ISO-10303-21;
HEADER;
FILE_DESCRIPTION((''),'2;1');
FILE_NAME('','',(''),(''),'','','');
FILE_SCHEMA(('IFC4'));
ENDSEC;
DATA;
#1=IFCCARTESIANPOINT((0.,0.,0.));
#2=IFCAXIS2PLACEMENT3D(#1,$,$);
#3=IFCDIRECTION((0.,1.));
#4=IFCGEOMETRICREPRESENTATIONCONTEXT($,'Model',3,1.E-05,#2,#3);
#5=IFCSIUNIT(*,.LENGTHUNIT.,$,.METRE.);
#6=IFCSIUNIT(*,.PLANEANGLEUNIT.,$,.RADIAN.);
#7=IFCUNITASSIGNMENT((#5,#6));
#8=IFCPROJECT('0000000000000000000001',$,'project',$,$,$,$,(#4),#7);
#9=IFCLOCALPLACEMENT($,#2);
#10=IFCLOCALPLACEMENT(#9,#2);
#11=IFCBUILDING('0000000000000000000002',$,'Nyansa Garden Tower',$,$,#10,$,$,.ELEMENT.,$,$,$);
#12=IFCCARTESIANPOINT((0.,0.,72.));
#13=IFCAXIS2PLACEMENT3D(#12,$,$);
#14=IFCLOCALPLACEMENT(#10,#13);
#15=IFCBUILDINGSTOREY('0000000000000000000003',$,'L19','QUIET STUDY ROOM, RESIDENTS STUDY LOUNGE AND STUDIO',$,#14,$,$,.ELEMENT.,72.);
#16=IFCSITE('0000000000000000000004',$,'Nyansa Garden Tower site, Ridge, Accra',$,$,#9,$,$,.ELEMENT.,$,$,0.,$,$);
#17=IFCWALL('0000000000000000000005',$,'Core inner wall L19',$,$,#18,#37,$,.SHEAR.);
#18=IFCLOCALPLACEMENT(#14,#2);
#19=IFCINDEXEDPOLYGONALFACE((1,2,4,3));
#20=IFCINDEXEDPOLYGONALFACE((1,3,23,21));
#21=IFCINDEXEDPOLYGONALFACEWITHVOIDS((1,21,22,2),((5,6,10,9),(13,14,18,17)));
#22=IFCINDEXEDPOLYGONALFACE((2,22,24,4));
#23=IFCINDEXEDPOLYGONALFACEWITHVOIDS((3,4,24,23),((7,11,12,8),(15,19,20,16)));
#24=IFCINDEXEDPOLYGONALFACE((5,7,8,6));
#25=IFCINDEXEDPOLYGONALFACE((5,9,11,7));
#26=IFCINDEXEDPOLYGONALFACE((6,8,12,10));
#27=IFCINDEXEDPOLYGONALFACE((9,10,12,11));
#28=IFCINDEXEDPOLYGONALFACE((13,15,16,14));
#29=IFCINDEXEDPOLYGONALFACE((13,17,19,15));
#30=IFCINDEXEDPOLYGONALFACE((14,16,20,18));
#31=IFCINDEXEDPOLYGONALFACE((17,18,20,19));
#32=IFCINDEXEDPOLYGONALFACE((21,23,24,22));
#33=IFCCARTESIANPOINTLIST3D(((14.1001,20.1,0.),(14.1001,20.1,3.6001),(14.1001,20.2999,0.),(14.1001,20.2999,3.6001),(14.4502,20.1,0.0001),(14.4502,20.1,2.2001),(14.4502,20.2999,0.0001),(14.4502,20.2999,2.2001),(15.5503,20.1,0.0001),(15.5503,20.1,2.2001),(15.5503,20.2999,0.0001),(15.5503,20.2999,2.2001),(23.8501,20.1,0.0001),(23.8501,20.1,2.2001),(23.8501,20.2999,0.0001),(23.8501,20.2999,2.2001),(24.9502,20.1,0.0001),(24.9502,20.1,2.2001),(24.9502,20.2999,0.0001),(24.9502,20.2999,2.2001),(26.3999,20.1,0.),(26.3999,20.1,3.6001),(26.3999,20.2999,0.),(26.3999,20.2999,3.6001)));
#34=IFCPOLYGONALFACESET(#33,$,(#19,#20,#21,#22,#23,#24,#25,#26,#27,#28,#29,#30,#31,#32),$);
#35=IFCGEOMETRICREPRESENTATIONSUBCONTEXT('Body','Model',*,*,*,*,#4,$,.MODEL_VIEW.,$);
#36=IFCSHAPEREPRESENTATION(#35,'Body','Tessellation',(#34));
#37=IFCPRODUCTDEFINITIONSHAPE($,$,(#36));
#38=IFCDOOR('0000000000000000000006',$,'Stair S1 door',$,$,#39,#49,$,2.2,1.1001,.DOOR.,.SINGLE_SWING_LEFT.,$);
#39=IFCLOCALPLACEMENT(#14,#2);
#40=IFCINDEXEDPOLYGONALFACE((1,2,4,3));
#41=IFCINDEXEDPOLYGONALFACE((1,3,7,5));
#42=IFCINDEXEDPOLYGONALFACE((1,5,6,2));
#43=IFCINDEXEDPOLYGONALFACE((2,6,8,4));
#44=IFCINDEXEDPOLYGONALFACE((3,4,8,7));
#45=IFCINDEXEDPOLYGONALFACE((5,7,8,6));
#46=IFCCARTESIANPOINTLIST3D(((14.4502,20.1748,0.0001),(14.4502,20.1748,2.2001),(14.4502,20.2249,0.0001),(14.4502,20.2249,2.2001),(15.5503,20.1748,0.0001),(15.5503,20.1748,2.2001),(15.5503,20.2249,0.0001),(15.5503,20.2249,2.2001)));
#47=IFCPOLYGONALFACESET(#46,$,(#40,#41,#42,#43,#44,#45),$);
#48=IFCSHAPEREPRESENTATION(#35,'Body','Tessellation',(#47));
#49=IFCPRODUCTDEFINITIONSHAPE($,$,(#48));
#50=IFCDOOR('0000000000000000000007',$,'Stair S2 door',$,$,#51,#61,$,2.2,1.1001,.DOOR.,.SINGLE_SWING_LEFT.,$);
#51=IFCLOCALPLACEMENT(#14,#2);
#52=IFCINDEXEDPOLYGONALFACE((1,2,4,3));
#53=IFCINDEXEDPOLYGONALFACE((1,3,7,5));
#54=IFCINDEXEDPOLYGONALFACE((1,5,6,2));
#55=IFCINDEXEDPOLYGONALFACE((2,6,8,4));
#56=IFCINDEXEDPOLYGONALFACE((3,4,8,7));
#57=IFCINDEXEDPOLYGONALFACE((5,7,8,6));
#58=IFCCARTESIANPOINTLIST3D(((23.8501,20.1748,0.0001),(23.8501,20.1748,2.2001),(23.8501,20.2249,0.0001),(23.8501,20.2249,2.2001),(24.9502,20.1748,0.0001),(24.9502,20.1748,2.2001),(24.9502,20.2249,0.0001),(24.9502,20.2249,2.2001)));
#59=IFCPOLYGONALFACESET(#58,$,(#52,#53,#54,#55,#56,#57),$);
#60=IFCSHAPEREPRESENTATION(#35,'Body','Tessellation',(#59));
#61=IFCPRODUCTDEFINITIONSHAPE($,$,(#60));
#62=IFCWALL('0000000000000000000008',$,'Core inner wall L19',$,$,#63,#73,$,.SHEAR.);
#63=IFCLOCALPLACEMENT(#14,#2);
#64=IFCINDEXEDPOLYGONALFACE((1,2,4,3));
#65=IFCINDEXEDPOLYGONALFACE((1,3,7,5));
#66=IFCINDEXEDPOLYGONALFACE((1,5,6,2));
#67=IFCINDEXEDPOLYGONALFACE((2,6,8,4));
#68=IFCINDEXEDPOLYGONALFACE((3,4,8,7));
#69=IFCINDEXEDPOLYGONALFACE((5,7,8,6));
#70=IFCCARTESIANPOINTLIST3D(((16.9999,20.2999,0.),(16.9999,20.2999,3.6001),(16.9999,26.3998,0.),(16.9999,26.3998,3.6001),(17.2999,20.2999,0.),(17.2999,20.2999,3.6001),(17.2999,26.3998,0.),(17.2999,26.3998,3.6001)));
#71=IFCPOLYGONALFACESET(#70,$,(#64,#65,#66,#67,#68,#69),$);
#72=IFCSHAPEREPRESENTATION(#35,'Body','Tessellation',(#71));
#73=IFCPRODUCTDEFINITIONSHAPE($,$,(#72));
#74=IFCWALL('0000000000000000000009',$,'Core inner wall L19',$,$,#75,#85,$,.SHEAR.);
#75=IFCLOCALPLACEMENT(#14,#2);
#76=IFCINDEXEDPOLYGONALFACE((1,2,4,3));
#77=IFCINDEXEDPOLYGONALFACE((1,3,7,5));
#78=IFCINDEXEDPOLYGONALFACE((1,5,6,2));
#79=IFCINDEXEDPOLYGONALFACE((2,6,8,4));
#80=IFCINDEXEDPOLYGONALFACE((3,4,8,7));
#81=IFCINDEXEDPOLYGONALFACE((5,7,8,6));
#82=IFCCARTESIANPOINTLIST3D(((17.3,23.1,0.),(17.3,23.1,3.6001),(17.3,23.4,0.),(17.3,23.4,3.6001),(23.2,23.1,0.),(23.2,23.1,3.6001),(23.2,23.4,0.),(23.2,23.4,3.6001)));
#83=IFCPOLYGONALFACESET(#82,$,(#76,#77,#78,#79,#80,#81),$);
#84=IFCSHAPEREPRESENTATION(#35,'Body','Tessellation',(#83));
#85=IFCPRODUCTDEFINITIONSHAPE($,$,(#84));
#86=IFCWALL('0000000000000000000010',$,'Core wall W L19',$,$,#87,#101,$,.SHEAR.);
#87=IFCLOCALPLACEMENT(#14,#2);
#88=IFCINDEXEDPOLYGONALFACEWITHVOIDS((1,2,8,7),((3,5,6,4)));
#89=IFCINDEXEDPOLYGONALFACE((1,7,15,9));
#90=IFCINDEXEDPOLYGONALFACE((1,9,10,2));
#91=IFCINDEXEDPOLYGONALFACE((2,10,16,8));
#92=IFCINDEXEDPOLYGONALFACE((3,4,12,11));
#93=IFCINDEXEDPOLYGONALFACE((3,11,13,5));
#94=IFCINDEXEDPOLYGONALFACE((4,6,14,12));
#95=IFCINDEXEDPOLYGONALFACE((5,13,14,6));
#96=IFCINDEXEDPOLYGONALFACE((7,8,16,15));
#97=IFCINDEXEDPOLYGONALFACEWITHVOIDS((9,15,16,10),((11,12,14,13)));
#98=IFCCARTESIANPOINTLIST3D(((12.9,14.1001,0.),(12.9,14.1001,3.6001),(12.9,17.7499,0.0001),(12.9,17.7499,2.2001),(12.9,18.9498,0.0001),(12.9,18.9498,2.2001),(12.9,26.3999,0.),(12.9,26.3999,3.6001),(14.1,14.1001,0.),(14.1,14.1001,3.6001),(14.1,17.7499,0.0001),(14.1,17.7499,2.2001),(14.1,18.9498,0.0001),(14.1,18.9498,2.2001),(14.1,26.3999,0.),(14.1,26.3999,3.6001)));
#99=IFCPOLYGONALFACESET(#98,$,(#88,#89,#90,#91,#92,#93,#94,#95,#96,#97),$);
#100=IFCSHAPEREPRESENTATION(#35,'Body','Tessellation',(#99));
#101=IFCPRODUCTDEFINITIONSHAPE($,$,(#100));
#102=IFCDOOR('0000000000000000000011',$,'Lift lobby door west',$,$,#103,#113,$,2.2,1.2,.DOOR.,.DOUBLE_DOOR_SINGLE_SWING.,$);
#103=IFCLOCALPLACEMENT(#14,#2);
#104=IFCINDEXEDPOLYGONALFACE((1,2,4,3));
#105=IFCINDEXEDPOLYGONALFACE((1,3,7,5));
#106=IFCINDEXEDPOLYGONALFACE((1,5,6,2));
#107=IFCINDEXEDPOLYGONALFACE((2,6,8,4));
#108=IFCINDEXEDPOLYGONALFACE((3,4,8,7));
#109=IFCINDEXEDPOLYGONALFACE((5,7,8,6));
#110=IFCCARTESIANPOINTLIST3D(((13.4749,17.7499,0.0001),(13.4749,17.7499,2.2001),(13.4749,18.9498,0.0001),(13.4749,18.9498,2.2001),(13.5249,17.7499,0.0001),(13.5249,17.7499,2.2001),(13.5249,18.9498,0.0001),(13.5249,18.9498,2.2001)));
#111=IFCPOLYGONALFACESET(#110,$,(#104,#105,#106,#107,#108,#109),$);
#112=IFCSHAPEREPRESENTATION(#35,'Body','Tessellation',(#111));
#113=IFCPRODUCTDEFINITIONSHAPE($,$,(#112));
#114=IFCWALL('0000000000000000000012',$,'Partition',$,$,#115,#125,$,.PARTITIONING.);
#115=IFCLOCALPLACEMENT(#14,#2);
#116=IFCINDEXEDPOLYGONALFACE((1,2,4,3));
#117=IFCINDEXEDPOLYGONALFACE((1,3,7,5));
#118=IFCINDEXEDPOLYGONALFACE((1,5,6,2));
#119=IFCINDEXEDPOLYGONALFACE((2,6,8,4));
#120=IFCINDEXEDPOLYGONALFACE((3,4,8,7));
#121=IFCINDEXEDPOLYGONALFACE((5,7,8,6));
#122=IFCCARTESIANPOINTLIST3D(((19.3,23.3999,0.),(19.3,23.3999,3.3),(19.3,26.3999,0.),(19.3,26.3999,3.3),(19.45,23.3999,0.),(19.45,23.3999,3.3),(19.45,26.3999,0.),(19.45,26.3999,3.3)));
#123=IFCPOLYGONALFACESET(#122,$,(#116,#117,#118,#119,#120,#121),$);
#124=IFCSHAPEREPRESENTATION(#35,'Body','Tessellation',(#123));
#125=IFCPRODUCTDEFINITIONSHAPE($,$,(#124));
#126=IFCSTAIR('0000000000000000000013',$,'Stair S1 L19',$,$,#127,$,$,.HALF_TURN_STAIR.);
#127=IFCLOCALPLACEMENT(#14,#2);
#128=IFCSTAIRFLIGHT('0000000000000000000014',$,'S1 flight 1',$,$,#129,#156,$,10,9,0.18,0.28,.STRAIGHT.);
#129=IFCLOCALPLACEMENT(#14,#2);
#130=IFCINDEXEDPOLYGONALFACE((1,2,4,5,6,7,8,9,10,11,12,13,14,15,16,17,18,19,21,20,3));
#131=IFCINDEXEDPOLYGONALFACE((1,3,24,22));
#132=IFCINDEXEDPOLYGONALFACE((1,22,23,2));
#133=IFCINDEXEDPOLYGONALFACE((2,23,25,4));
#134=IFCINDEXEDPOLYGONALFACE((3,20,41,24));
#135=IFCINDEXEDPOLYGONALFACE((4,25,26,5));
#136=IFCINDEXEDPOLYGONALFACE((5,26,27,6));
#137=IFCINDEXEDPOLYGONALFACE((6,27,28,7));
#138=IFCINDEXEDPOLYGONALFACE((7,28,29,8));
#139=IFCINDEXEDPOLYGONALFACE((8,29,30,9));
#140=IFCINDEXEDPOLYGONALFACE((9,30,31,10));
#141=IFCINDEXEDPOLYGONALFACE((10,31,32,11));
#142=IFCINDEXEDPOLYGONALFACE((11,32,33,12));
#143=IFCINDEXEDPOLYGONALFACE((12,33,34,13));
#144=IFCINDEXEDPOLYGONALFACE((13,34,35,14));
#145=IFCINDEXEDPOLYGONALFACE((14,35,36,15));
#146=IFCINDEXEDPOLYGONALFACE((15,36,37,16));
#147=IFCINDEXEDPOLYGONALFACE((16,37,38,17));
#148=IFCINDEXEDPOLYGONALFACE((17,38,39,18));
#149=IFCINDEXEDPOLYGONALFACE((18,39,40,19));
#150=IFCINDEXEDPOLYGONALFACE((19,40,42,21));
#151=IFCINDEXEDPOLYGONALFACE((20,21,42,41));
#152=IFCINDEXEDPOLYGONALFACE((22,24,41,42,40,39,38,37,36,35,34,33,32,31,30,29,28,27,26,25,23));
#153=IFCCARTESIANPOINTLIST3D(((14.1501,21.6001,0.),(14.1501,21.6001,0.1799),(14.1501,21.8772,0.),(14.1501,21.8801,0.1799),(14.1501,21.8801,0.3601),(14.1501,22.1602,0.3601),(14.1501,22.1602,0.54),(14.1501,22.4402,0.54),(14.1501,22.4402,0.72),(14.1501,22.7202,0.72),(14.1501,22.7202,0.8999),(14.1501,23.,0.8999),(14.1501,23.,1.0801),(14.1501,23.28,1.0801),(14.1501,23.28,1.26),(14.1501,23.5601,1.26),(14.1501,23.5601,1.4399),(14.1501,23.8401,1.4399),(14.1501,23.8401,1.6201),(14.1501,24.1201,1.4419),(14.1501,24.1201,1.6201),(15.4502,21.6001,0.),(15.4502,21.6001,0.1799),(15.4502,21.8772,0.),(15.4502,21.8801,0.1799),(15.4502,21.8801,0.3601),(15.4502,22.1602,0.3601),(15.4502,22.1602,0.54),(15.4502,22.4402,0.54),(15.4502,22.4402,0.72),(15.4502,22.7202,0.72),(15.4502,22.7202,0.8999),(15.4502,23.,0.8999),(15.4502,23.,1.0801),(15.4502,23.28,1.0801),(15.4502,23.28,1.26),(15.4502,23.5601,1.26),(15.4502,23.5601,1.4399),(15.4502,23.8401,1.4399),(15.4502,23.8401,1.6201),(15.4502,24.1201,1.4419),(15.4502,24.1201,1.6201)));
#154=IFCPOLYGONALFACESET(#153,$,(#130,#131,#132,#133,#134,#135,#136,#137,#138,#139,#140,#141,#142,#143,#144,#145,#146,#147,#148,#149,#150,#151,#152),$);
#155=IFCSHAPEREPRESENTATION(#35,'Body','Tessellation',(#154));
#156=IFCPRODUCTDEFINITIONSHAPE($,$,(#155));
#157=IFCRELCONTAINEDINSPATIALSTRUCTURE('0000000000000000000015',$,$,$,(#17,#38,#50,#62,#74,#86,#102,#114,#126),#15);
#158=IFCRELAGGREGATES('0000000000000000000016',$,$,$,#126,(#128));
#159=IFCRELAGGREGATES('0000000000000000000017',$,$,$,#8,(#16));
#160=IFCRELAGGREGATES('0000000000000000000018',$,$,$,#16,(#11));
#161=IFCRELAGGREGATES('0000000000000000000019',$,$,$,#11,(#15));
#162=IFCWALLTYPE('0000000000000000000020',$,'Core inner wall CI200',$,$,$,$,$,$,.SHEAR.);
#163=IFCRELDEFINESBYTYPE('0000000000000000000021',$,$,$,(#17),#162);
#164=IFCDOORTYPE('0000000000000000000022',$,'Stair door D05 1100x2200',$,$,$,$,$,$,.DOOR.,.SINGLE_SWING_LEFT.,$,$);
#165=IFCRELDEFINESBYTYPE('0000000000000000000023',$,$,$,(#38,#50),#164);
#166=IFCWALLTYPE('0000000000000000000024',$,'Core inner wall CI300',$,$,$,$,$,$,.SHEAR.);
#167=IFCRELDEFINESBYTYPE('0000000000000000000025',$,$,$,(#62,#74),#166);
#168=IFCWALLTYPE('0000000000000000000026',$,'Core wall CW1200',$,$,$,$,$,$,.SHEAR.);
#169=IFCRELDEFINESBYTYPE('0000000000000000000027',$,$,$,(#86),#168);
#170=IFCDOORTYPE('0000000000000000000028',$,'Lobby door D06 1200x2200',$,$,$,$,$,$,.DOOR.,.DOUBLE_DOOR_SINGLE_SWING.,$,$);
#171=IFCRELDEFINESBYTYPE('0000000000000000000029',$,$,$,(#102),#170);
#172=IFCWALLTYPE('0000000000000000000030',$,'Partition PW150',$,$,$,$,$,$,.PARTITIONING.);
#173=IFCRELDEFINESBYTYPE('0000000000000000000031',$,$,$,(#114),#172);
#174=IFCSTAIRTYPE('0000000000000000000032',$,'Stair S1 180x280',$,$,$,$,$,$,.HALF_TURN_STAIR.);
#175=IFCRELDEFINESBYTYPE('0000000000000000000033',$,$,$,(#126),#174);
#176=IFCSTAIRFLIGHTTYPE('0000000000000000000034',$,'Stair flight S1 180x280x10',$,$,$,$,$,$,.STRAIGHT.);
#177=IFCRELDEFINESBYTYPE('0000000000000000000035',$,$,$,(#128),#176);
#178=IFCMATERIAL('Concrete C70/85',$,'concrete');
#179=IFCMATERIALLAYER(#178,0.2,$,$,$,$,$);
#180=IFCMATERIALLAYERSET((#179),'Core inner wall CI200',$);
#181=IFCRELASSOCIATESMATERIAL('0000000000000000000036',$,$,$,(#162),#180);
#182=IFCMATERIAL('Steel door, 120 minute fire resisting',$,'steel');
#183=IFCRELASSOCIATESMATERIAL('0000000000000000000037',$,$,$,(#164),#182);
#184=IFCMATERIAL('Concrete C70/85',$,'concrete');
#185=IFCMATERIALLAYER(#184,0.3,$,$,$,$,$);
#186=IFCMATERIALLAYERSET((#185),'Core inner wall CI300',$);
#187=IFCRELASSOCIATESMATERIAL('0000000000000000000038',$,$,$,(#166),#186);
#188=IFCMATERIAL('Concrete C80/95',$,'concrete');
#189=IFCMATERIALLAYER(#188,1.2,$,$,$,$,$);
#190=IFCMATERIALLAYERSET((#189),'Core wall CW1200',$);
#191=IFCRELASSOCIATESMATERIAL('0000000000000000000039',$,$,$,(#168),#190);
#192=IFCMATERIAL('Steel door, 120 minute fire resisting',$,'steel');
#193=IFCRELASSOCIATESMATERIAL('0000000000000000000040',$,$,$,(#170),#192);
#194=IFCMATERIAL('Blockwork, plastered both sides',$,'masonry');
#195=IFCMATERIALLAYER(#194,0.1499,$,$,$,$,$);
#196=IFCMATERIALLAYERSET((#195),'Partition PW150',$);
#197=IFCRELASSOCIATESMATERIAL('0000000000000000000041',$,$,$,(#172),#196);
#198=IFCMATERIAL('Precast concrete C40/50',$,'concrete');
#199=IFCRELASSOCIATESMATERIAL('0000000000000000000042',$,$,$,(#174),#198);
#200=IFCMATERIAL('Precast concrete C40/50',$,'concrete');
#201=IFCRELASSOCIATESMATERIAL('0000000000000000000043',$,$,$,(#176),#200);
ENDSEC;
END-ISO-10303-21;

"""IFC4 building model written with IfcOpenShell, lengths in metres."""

from ifc_helpers import new_model, si_unit, direction, frame, frame_2d, origin, place, context, subcontext, project, spatial, polyline, rectangle, outline, extrude, material, layer, layer_set, type_object, element, fill, aggregate, save


model = new_model("IFC4")

# Units and contexts
model_context = context("Model", 3, precision=1e-05, world=origin(), true_north=direction((0.0, 1.0)))
body_context = subcontext(model_context, "Body", "Model", "MODEL_VIEW")
ifc_project = project(units=[si_unit("LENGTHUNIT", "METRE"), si_unit("PLANEANGLEUNIT", "RADIAN")], contexts=[model_context])

# Site, building, storey
site_placement = place(None, origin())
site = spatial("IfcSite", under=ifc_project, at=site_placement, Name="Nyansa Garden Tower site, Ridge, Accra", CompositionType="ELEMENT", RefElevation=0.0)
building_placement = place(site_placement, origin())
building = spatial("IfcBuilding", under=site, at=building_placement, Name="Nyansa Garden Tower", CompositionType="ELEMENT")
storey_placement = place(building_placement, frame((0.0, 0.0, 72.0)))
storey = spatial("IfcBuildingStorey", under=building, at=storey_placement, Name="L19", Description="QUIET STUDY ROOM, RESIDENTS STUDY LOUNGE AND STUDIO", CompositionType="ELEMENT", Elevation=72.0)

# Wall, openings, doors
ifc_material_1 = material(Name="Concrete C70/85", Category="concrete")
ifc_layer_1 = layer(ifc_material_1, 0.2)
ifc_layer_set_1 = layer_set([ifc_layer_1], Name="Core inner wall CI200")
wall_type_1 = type_object("IfcWallType", Name="Core inner wall CI200", PredefinedType="SHEAR", material=ifc_layer_set_1)
wall_1_placement = place(storey_placement, frame((14.1001, 20.2, 0.0), z_axis=(0.0, 0.0, 1.0), x_axis=(1.0, 0.0, 0.0)))
wall_1 = element("IfcWall", 1, at=wall_1_placement, inside=storey, type_object=wall_type_1, Name="Core inner wall L19", PredefinedType="SHEAR", context=body_context, shape_type="SweptSolid", body=[
    extrude(rectangle(XDim=12.2998, YDim=0.2, at=frame_2d((6.1499, 0.0))), origin(), (0.0, 0.0, 1.0), 3.6001),
])
opening_1_placement = place(wall_1_placement, frame((0.3501, 0.0, 0.0)))
opening_1 = element("IfcOpeningElement", 2, at=opening_1_placement, cuts=wall_1, PredefinedType="OPENING", context=body_context, shape_type="SweptSolid", body=[
    extrude(rectangle(XDim=1.1001, YDim=2.2, at=frame_2d((0.55, 1.1001))), frame((0.0, 0.1099, 0.0), z_axis=(0.0, -1.0, 0.0), x_axis=(1.0, 0.0, 0.0)), (0.0, 0.0, 1.0), 0.22),
])
opening_2_placement = place(wall_1_placement, frame((9.75, 0.0, 0.0)))
opening_2 = element("IfcOpeningElement", 3, at=opening_2_placement, cuts=wall_1, PredefinedType="OPENING", context=body_context, shape_type="SweptSolid", body=[
    extrude(rectangle(XDim=1.1001, YDim=2.2, at=frame_2d((0.55, 1.1001))), frame((0.0, 0.1099, 0.0), z_axis=(0.0, -1.0, 0.0), x_axis=(1.0, 0.0, 0.0)), (0.0, 0.0, 1.0), 0.22),
])
ifc_material_2 = material(Name="Steel door, 120 minute fire resisting", Category="steel")
door_type_1 = type_object("IfcDoorType", Name="Stair door D05 1100x2200", OperationType="SINGLE_SWING_LEFT", PredefinedType="DOOR", material=ifc_material_2)
door_1_placement = place(opening_1_placement, origin())
door_1 = element("IfcDoor", 4, at=door_1_placement, inside=storey, type_object=door_type_1, Name="Stair S1 door", OperationType="SINGLE_SWING_LEFT", OverallHeight=2.2, OverallWidth=1.1001, PredefinedType="DOOR", context=body_context, shape_type="SweptSolid", body=[
    extrude(rectangle(XDim=1.1001, YDim=2.2, at=frame_2d((0.55, 1.1001))), frame((0.0, 0.0249, 0.0), z_axis=(0.0, -1.0, 0.0), x_axis=(1.0, 0.0, 0.0)), (0.0, 0.0, 1.0), 0.05),
])
fill(opening_1, door_1)
door_2_placement = place(opening_2_placement, origin())
door_2 = element("IfcDoor", 5, at=door_2_placement, inside=storey, type_object=door_type_1, Name="Stair S2 door", OperationType="SINGLE_SWING_LEFT", OverallHeight=2.2, OverallWidth=1.1001, PredefinedType="DOOR", context=body_context, shape_type="SweptSolid", body=[
    extrude(rectangle(XDim=1.1001, YDim=2.2, at=frame_2d((0.55, 1.1001))), frame((0.0, 0.0249, 0.0), z_axis=(0.0, -1.0, 0.0), x_axis=(1.0, 0.0, 0.0)), (0.0, 0.0, 1.0), 0.05),
])
fill(opening_2, door_2)

# Walls
ifc_material_3 = material(Name="Concrete C70/85", Category="concrete")
ifc_layer_2 = layer(ifc_material_3, 0.3)
ifc_layer_set_2 = layer_set([ifc_layer_2], Name="Core inner wall CI300")
wall_type_2 = type_object("IfcWallType", Name="Core inner wall CI300", PredefinedType="SHEAR", material=ifc_layer_set_2)
wall_2_placement = place(storey_placement, frame((17.1499, 20.3, 0.0), z_axis=(0.0, 0.0, 1.0), x_axis=(0.0, 1.0, 0.0)))
element("IfcWall", 6, at=wall_2_placement, inside=storey, type_object=wall_type_2, Name="Core inner wall L19", PredefinedType="SHEAR", context=body_context, shape_type="SweptSolid", body=[
    extrude(rectangle(XDim=6.0999, YDim=0.3, at=frame_2d((3.0498, 0.0))), origin(), (0.0, 0.0, 1.0), 3.6001),
])
wall_3_placement = place(storey_placement, frame((17.3, 23.25, 0.0), z_axis=(0.0, 0.0, 1.0), x_axis=(1.0, 0.0, 0.0)))
element("IfcWall", 7, at=wall_3_placement, inside=storey, type_object=wall_type_2, Name="Core inner wall L19", PredefinedType="SHEAR", context=body_context, shape_type="SweptSolid", body=[
    extrude(rectangle(XDim=5.8999, YDim=0.3, at=frame_2d((2.95, 0.0))), origin(), (0.0, 0.0, 1.0), 3.6001),
])

# Wall, opening, door
ifc_material_4 = material(Name="Concrete C80/95", Category="concrete")
ifc_layer_3 = layer(ifc_material_4, 1.2)
ifc_layer_set_3 = layer_set([ifc_layer_3], Name="Core wall CW1200")
wall_type_3 = type_object("IfcWallType", Name="Core wall CW1200", PredefinedType="SHEAR", material=ifc_layer_set_3)
wall_4_placement = place(storey_placement, frame((13.5, 26.3999, 0.0), z_axis=(0.0, 0.0, 1.0), x_axis=(0.0, -1.0, 0.0)))
wall_4 = element("IfcWall", 8, at=wall_4_placement, inside=storey, type_object=wall_type_3, Name="Core wall W L19", PredefinedType="SHEAR", context=body_context, shape_type="SweptSolid", body=[
    extrude(rectangle(XDim=12.2998, YDim=1.2, at=frame_2d((6.1499, 0.0))), origin(), (0.0, 0.0, 1.0), 3.6001),
])
opening_3_placement = place(wall_4_placement, frame((7.45, 0.0, 0.0)))
opening_3 = element("IfcOpeningElement", 9, at=opening_3_placement, cuts=wall_4, PredefinedType="OPENING", context=body_context, shape_type="SweptSolid", body=[
    extrude(rectangle(XDim=1.2, YDim=2.2, at=frame_2d((0.6001, 1.1001))), frame((0.0, 0.6099, 0.0), z_axis=(0.0, -1.0, 0.0), x_axis=(1.0, 0.0, 0.0)), (0.0, 0.0, 1.0), 1.22),
])
ifc_material_5 = material(Name="Steel door, 120 minute fire resisting", Category="steel")
door_type_2 = type_object("IfcDoorType", Name="Lobby door D06 1200x2200", OperationType="DOUBLE_DOOR_SINGLE_SWING", PredefinedType="DOOR", material=ifc_material_5)
door_3_placement = place(opening_3_placement, origin())
door_3 = element("IfcDoor", 10, at=door_3_placement, inside=storey, type_object=door_type_2, Name="Lift lobby door west", OperationType="DOUBLE_DOOR_SINGLE_SWING", OverallHeight=2.2, OverallWidth=1.2, PredefinedType="DOOR", context=body_context, shape_type="SweptSolid", body=[
    extrude(rectangle(XDim=1.2, YDim=2.2, at=frame_2d((0.6001, 1.1001))), frame((0.0, 0.0249, 0.0), z_axis=(0.0, -1.0, 0.0), x_axis=(1.0, 0.0, 0.0)), (0.0, 0.0, 1.0), 0.05),
])
fill(opening_3, door_3)

# Wall
ifc_material_6 = material(Name="Blockwork, plastered both sides", Category="masonry")
ifc_layer_4 = layer(ifc_material_6, 0.1499)
ifc_layer_set_4 = layer_set([ifc_layer_4], Name="Partition PW150")
wall_type_4 = type_object("IfcWallType", Name="Partition PW150", PredefinedType="PARTITIONING", material=ifc_layer_set_4)
wall_5_placement = place(storey_placement, frame((19.375, 23.3999, 0.0), z_axis=(0.0, 0.0, 1.0), x_axis=(0.0, 1.0, 0.0)))
element("IfcWall", 11, at=wall_5_placement, inside=storey, type_object=wall_type_4, Name="Partition", PredefinedType="PARTITIONING", context=body_context, shape_type="SweptSolid", body=[
    extrude(rectangle(XDim=3.0, YDim=0.1499, at=frame_2d((1.5, 0.0))), origin(), (0.0, 0.0, 1.0), 3.3),
])

# Stair, stair flight
ifc_material_7 = material(Name="Precast concrete C40/50", Category="concrete")
stair_type = type_object("IfcStairType", Name="Stair S1 180x280", PredefinedType="HALF_TURN_STAIR", material=ifc_material_7)
stair_placement = place(storey_placement, origin())
stair = element("IfcStair", 12, at=stair_placement, inside=storey, type_object=stair_type, Name="Stair S1 L19", PredefinedType="HALF_TURN_STAIR")
ifc_material_8 = material(Name="Precast concrete C40/50", Category="concrete")
stair_flight_type = type_object("IfcStairFlightType", Name="Stair flight S1 180x280x10", PredefinedType="STRAIGHT", material=ifc_material_8)
stair_flight_1_placement = place(storey_placement, frame((14.8, 21.6001, 0.0), z_axis=(0.0, 0.0, 1.0), x_axis=(0.0, 1.0, 0.0)))
stair_flight_1 = element("IfcStairFlight", 13, at=stair_flight_1_placement, type_object=stair_flight_type, Name="S1 flight 1", NumberOfRisers=10, NumberOfTreads=9, PredefinedType="STRAIGHT", RiserHeight=0.18, TreadLength=0.28, context=body_context, shape_type="SweptSolid", body=[
    extrude(outline(polyline([(0.0, 0.0), (0.0, 0.1799), (0.28, 0.1799), (0.28, 0.3601), (0.5601, 0.3601), (0.5601, 0.54), (0.8401, 0.54), (0.8401, 0.72), (1.1201, 0.72), (1.1201, 0.8999), (1.3999, 0.8999), (1.3999, 1.0801), (1.6799, 1.0801), (1.6799, 1.26), (1.96, 1.26), (1.96, 1.4399), (2.24, 1.4399), (2.24, 1.6201), (2.52, 1.6201), (2.52, 1.8), (2.52, 1.4419), (0.2771, 0.0), (0.0, 0.0)])), frame((0.0, 0.6499, 0.0), z_axis=(0.0, -1.0, 0.0), x_axis=(1.0, 0.0, 0.0)), (0.0, 0.0, 1.0), 1.3),
])
aggregate(stair, [stair_flight_1])

save(model, "model.ifc")
